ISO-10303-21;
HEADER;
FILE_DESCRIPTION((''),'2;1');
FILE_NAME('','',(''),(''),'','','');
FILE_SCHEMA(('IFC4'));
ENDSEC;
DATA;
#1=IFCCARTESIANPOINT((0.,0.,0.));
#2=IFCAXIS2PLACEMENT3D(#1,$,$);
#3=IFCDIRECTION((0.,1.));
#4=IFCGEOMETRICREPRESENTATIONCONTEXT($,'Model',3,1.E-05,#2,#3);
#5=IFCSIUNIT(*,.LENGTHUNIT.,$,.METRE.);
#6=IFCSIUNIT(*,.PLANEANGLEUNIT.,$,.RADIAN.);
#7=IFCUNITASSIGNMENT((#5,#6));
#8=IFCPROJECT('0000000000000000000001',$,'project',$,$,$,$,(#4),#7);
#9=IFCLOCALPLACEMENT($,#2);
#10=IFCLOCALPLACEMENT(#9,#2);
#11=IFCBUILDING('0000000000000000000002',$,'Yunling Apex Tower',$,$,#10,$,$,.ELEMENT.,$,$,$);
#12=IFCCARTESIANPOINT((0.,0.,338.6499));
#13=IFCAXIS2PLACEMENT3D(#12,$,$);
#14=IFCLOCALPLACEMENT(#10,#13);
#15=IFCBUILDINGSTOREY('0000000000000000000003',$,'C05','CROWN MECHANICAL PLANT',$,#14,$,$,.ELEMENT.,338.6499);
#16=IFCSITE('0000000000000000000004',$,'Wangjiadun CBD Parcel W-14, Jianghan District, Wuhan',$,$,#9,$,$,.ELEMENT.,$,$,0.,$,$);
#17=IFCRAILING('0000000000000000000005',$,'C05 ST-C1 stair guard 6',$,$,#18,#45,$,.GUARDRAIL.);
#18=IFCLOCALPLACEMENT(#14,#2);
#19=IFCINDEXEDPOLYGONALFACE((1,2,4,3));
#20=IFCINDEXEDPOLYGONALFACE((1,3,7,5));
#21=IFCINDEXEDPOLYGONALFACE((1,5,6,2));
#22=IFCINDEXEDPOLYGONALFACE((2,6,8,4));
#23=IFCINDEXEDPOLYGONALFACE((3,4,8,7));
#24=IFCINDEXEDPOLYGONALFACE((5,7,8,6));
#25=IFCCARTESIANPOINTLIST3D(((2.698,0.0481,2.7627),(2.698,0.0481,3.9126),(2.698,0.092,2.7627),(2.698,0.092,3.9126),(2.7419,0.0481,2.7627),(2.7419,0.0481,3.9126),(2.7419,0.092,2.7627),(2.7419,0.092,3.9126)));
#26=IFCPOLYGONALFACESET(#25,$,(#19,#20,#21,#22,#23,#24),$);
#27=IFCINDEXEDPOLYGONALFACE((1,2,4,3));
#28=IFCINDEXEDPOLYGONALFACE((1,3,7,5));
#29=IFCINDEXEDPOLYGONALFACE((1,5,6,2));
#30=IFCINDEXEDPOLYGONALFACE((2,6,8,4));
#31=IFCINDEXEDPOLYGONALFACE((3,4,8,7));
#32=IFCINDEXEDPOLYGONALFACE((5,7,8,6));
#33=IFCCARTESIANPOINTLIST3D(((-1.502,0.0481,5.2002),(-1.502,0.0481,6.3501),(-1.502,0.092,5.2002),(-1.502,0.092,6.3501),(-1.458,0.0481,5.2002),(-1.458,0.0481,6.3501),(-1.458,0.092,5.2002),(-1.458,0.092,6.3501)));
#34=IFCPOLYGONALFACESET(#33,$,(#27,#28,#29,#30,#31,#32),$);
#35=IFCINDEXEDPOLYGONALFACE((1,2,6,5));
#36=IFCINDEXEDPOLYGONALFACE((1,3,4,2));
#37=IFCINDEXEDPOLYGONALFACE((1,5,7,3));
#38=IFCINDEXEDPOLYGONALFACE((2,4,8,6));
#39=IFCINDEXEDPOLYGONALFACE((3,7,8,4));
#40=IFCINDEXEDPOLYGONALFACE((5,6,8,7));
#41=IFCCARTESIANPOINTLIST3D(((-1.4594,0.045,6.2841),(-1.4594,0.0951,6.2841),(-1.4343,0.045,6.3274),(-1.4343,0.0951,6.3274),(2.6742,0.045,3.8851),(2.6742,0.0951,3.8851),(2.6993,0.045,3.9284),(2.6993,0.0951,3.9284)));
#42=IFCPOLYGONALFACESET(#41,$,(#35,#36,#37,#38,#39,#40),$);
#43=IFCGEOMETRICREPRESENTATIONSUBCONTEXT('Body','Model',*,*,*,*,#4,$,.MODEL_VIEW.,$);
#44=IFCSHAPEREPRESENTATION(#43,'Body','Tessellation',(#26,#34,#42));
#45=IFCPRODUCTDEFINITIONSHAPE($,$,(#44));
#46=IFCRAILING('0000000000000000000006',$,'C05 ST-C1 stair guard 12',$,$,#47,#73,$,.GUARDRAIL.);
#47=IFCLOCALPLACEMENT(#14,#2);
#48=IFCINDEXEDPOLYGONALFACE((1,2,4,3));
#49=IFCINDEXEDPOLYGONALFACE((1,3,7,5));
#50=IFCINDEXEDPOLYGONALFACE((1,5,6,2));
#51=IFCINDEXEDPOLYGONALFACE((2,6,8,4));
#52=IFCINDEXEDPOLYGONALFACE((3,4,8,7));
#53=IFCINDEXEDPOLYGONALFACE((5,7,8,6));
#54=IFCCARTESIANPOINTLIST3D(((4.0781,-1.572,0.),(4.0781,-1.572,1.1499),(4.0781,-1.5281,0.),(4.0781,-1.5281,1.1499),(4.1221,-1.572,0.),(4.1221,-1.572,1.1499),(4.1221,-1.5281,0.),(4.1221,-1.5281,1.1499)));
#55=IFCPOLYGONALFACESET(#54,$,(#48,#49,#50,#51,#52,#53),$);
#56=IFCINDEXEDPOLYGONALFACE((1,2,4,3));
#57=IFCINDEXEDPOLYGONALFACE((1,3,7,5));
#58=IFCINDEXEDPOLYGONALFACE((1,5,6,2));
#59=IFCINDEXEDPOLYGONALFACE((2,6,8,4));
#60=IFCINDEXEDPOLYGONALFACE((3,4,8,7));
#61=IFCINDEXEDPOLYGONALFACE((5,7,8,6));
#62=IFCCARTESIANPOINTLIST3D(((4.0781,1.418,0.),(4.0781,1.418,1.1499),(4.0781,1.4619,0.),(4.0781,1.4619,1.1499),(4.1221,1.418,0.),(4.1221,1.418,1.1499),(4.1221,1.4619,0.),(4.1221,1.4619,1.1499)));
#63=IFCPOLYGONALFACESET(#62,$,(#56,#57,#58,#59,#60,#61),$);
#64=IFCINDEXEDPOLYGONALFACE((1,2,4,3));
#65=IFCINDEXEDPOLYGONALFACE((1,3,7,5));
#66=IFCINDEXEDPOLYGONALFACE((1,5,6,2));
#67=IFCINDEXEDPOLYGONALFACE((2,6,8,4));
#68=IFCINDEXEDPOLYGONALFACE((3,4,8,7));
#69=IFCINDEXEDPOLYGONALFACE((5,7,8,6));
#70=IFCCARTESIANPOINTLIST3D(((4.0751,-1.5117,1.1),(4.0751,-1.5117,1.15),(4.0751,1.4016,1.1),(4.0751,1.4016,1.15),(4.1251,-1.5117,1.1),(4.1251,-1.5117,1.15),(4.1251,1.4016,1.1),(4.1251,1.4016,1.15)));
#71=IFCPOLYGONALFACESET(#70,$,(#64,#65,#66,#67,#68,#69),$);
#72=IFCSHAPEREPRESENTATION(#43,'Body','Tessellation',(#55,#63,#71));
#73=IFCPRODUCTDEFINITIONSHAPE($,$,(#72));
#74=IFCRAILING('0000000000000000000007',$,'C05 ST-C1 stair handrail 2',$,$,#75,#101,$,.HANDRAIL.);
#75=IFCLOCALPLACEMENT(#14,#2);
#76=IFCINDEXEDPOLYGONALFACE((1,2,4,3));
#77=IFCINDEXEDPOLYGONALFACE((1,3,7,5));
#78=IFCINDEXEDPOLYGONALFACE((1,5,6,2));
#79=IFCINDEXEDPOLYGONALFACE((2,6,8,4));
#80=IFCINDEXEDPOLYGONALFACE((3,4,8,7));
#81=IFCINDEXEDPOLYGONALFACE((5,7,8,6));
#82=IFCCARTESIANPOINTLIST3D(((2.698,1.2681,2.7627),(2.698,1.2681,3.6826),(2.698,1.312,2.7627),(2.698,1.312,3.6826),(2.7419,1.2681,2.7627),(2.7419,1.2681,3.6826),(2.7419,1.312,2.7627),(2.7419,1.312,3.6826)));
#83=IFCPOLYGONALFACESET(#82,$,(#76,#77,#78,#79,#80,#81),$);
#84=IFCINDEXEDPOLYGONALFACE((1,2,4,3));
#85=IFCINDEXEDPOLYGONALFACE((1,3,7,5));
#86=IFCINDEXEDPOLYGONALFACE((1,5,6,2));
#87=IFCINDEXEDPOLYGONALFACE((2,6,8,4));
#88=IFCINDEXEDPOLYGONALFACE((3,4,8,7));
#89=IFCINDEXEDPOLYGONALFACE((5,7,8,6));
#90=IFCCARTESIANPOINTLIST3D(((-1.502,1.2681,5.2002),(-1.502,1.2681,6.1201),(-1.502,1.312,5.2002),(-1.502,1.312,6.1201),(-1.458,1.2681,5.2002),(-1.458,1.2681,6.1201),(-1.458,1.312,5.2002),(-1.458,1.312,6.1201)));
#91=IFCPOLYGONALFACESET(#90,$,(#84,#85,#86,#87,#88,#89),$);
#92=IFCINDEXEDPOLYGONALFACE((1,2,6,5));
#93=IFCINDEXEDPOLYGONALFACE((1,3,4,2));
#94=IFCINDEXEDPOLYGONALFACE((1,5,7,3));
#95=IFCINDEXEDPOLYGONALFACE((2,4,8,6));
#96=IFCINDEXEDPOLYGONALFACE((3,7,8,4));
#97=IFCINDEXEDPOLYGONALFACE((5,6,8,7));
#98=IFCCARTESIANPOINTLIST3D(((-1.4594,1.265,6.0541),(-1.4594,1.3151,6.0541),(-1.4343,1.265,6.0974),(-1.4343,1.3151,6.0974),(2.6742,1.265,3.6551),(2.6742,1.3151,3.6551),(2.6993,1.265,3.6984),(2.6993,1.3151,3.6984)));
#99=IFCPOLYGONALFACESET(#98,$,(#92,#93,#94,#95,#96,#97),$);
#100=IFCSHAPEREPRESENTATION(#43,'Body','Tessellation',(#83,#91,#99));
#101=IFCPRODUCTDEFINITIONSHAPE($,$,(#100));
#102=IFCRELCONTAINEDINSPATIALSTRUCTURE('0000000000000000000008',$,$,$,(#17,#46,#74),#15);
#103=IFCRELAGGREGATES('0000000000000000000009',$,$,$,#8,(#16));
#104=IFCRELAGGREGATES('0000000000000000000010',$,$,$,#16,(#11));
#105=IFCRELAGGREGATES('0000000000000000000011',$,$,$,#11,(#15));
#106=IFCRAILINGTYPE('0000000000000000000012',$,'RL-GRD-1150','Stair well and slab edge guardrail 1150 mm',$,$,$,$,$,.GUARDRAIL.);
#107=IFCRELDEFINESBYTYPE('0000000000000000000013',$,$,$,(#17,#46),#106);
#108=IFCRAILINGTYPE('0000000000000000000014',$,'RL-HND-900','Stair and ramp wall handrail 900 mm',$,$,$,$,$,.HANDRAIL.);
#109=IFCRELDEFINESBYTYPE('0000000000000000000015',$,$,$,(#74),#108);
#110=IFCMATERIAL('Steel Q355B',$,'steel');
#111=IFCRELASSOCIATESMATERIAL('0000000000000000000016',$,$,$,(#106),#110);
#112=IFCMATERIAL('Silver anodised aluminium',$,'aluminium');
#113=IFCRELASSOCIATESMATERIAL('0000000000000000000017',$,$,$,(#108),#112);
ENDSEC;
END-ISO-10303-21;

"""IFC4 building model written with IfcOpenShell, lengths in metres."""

from ifc_helpers import new_model, si_unit, direction, frame, origin, origin_2d, place, context, subcontext, project, spatial, rectangle, extrude, material, type_object, element, save


model = new_model("IFC4")

# Units and contexts
model_context = context("Model", 3, precision=1e-05, world=origin(), true_north=direction((0.0, 1.0)))
body_context = subcontext(model_context, "Body", "Model", "MODEL_VIEW")
ifc_project = project(units=[si_unit("LENGTHUNIT", "METRE"), si_unit("PLANEANGLEUNIT", "RADIAN")], contexts=[model_context])

# Site, building, storey
site_placement = place(None, origin())
site = spatial("IfcSite", under=ifc_project, at=site_placement, Name="Wangjiadun CBD Parcel W-14, Jianghan District, Wuhan", CompositionType="ELEMENT", RefElevation=0.0)
building_placement = place(site_placement, origin())
building = spatial("IfcBuilding", under=site, at=building_placement, Name="Yunling Apex Tower", CompositionType="ELEMENT")
storey_placement = place(building_placement, frame((0.0, 0.0, 338.6499)))
storey = spatial("IfcBuildingStorey", under=building, at=storey_placement, Name="C05", Description="CROWN MECHANICAL PLANT", CompositionType="ELEMENT", Elevation=338.6499)

# Shared definitions
ifc_material_1 = material(Name="Steel Q355B", Category="steel")

# Railings
railing_type_1 = type_object("IfcRailingType", Name="RL-GRD-1150", Description="Stair well and slab edge guardrail 1150 mm", PredefinedType="GUARDRAIL", material=ifc_material_1)
railing_1_placement = place(storey_placement, frame((2.72, 0.0701, 2.7627)))
element("IfcRailing", 1, at=railing_1_placement, inside=storey, type_object=railing_type_1, Name="C05 ST-C1 stair guard 6", PredefinedType="GUARDRAIL", context=body_context, shape_type="SweptSolid", body=[
    extrude(rectangle(XDim=0.0439, YDim=0.0439, at=origin_2d()), origin(), (0.0, 0.0, 1.0), 1.1499),
    extrude(rectangle(XDim=0.0439, YDim=0.0439, at=origin_2d()), frame((-4.2, 0.0, 2.4375)), (0.0, 0.0, 1.0), 1.1499),
    extrude(rectangle(XDim=0.05, YDim=0.05, at=origin_2d()), frame((-0.0332, 0.0, 1.144), z_axis=(-0.864895, 0.0, 0.501954), x_axis=(0.0, -1.0, 0.0)), (0.0, 0.0, 1.0), 4.7793),
])
railing_2_placement = place(storey_placement, frame((4.1001, -1.55, 0.0)))
element("IfcRailing", 2, at=railing_2_placement, inside=storey, type_object=railing_type_1, Name="C05 ST-C1 stair guard 12", PredefinedType="GUARDRAIL", context=body_context, shape_type="SweptSolid", body=[
    extrude(rectangle(XDim=0.0439, YDim=0.0439, at=origin_2d()), origin(), (0.0, 0.0, 1.0), 1.1499),
    extrude(rectangle(XDim=0.0439, YDim=0.0439, at=origin_2d()), frame((0.0, 2.99, 0.0)), (0.0, 0.0, 1.0), 1.1499),
    extrude(rectangle(XDim=0.05, YDim=0.05, at=origin_2d()), frame((0.0, 0.0383, 1.125), z_axis=(0.0, 1.0, 0.0), x_axis=(-1.0, 0.0, 0.0)), (0.0, 0.0, 1.0), 2.9133),
])
ifc_material_2 = material(Name="Silver anodised aluminium", Category="aluminium")
railing_type_2 = type_object("IfcRailingType", Name="RL-HND-900", Description="Stair and ramp wall handrail 900 mm", PredefinedType="HANDRAIL", material=ifc_material_2)
railing_3_placement = place(storey_placement, frame((2.72, 1.29, 2.7627)))
element("IfcRailing", 3, at=railing_3_placement, inside=storey, type_object=railing_type_2, Name="C05 ST-C1 stair handrail 2", PredefinedType="HANDRAIL", context=body_context, shape_type="SweptSolid", body=[
    extrude(rectangle(XDim=0.0439, YDim=0.0439, at=origin_2d()), origin(), (0.0, 0.0, 1.0), 0.9199),
    extrude(rectangle(XDim=0.0439, YDim=0.0439, at=origin_2d()), frame((-4.2, 0.0, 2.4375)), (0.0, 0.0, 1.0), 0.9199),
    extrude(rectangle(XDim=0.05, YDim=0.05, at=origin_2d()), frame((-0.0332, 0.0, 0.9141), z_axis=(-0.864895, 0.0, 0.501954), x_axis=(0.0, -1.0, 0.0)), (0.0, 0.0, 1.0), 4.7793),
])

save(model, "model.ifc")
